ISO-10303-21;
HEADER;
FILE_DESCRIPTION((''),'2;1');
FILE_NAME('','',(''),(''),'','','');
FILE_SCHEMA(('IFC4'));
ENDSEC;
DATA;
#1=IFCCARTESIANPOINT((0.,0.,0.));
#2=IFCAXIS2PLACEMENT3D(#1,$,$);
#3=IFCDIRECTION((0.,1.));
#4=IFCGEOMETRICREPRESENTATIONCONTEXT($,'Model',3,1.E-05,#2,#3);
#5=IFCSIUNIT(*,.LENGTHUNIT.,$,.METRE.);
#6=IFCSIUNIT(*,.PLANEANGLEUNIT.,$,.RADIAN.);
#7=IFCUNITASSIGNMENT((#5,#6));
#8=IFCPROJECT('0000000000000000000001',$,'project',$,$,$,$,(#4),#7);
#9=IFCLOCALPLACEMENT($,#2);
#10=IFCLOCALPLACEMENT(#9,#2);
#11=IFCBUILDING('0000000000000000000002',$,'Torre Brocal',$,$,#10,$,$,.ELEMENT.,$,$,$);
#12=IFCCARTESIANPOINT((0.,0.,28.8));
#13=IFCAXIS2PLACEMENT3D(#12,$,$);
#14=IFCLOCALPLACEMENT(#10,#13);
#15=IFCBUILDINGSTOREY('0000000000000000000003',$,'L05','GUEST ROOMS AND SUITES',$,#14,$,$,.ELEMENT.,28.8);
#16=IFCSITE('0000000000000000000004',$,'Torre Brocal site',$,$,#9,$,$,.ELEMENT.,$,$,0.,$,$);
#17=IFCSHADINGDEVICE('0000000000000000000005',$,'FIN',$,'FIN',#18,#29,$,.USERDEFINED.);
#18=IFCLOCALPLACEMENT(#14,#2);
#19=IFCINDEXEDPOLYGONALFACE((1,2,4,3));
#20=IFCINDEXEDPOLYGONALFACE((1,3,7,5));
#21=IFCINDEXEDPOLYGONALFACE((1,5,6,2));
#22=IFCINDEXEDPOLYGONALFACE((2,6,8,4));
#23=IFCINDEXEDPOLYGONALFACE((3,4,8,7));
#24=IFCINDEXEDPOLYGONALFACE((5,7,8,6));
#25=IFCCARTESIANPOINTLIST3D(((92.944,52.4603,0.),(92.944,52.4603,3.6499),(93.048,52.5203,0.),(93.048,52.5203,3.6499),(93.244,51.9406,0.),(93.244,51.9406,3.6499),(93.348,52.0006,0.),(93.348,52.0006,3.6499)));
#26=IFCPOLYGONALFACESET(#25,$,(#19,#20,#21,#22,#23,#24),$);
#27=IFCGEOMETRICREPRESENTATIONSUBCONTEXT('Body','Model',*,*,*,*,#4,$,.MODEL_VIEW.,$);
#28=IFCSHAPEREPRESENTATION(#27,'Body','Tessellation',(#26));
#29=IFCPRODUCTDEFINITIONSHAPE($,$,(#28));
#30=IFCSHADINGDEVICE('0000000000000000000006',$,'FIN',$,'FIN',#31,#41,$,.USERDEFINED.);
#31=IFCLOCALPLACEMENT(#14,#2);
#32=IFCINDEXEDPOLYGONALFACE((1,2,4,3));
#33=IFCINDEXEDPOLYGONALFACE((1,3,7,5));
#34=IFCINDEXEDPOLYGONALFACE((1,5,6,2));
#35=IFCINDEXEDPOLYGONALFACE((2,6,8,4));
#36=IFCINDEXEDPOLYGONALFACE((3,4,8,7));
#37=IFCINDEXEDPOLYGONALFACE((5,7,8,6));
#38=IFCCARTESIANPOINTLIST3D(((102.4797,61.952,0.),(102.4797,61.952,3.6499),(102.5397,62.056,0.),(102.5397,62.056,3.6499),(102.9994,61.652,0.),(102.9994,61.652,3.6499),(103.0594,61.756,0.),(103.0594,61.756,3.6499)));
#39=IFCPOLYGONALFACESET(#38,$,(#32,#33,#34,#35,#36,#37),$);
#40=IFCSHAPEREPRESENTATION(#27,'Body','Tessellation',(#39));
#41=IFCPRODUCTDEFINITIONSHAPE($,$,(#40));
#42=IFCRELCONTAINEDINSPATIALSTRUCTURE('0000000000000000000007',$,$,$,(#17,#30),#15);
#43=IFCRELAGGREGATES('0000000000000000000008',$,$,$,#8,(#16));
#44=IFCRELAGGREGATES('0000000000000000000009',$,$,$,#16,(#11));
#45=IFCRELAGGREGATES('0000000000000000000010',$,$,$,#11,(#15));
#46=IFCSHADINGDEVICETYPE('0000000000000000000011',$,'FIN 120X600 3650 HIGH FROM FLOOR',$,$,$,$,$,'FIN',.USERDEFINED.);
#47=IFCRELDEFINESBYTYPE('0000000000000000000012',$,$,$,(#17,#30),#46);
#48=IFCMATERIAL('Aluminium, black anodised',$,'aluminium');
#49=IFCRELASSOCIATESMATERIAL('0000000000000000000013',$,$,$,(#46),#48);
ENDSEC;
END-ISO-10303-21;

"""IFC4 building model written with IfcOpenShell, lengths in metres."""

from ifc_helpers import new_model, si_unit, direction, frame, origin, origin_2d, place, context, subcontext, project, spatial, rectangle, extrude, material, material_profile, profile_set, type_object, element, save


model = new_model("IFC4")

# Units and contexts
model_context = context("Model", 3, precision=1e-05, world=origin(), true_north=direction((0.0, 1.0)))
body_context = subcontext(model_context, "Body", "Model", "MODEL_VIEW")
ifc_project = project(units=[si_unit("LENGTHUNIT", "METRE"), si_unit("PLANEANGLEUNIT", "RADIAN")], contexts=[model_context])

# Site, building, storey
site_placement = place(None, origin())
site = spatial("IfcSite", under=ifc_project, at=site_placement, Name="Torre Brocal site", CompositionType="ELEMENT", RefElevation=0.0)
building_placement = place(site_placement, origin())
building = spatial("IfcBuilding", under=site, at=building_placement, Name="Torre Brocal", CompositionType="ELEMENT")
storey_placement = place(building_placement, frame((0.0, 0.0, 28.8)))
storey = spatial("IfcBuildingStorey", under=building, at=storey_placement, Name="L05", Description="GUEST ROOMS AND SUITES", CompositionType="ELEMENT", Elevation=28.8)

# Shading devices
ifc_material_1 = material(Name="Aluminium, black anodised", Category="aluminium")
ifc_material_profile_1 = material_profile(ifc_material_1, rectangle(XDim=0.1201, YDim=0.6001, at=origin_2d()), Name="FIN 120X600 3650 HIGH FROM FLOOR")
ifc_profile_set_1 = profile_set([ifc_material_profile_1], Name="Aluminium, black anodised")
shading_device_type = type_object("IfcShadingDeviceType", Name="FIN 120X600 3650 HIGH FROM FLOOR", ElementType="FIN", PredefinedType="USERDEFINED", material=ifc_profile_set_1)
for number, where, z_axis, x_axis, name in (
    (1, (93.146, 52.2305, 0.0), (0.0, 0.0, 1.0), (0.866025, 0.5, 0.0), "FIN"),
    (2, (102.7695, 61.854, 0.0), (0.0, 0.0, 1.0), (0.5, 0.866025, 0.0), "FIN"),
):
    element("IfcShadingDevice", number, at=place(storey_placement, frame(where, z_axis=z_axis, x_axis=x_axis)), inside=storey, type_object=shading_device_type, Name=name, ObjectType="FIN", PredefinedType="USERDEFINED", context=body_context, shape_type="SweptSolid", body=[
        extrude(rectangle(XDim=0.1201, YDim=0.6001, at=origin_2d()), origin(), (0.0, 0.0, 1.0), 3.6499),
    ])

save(model, "model.ifc")
